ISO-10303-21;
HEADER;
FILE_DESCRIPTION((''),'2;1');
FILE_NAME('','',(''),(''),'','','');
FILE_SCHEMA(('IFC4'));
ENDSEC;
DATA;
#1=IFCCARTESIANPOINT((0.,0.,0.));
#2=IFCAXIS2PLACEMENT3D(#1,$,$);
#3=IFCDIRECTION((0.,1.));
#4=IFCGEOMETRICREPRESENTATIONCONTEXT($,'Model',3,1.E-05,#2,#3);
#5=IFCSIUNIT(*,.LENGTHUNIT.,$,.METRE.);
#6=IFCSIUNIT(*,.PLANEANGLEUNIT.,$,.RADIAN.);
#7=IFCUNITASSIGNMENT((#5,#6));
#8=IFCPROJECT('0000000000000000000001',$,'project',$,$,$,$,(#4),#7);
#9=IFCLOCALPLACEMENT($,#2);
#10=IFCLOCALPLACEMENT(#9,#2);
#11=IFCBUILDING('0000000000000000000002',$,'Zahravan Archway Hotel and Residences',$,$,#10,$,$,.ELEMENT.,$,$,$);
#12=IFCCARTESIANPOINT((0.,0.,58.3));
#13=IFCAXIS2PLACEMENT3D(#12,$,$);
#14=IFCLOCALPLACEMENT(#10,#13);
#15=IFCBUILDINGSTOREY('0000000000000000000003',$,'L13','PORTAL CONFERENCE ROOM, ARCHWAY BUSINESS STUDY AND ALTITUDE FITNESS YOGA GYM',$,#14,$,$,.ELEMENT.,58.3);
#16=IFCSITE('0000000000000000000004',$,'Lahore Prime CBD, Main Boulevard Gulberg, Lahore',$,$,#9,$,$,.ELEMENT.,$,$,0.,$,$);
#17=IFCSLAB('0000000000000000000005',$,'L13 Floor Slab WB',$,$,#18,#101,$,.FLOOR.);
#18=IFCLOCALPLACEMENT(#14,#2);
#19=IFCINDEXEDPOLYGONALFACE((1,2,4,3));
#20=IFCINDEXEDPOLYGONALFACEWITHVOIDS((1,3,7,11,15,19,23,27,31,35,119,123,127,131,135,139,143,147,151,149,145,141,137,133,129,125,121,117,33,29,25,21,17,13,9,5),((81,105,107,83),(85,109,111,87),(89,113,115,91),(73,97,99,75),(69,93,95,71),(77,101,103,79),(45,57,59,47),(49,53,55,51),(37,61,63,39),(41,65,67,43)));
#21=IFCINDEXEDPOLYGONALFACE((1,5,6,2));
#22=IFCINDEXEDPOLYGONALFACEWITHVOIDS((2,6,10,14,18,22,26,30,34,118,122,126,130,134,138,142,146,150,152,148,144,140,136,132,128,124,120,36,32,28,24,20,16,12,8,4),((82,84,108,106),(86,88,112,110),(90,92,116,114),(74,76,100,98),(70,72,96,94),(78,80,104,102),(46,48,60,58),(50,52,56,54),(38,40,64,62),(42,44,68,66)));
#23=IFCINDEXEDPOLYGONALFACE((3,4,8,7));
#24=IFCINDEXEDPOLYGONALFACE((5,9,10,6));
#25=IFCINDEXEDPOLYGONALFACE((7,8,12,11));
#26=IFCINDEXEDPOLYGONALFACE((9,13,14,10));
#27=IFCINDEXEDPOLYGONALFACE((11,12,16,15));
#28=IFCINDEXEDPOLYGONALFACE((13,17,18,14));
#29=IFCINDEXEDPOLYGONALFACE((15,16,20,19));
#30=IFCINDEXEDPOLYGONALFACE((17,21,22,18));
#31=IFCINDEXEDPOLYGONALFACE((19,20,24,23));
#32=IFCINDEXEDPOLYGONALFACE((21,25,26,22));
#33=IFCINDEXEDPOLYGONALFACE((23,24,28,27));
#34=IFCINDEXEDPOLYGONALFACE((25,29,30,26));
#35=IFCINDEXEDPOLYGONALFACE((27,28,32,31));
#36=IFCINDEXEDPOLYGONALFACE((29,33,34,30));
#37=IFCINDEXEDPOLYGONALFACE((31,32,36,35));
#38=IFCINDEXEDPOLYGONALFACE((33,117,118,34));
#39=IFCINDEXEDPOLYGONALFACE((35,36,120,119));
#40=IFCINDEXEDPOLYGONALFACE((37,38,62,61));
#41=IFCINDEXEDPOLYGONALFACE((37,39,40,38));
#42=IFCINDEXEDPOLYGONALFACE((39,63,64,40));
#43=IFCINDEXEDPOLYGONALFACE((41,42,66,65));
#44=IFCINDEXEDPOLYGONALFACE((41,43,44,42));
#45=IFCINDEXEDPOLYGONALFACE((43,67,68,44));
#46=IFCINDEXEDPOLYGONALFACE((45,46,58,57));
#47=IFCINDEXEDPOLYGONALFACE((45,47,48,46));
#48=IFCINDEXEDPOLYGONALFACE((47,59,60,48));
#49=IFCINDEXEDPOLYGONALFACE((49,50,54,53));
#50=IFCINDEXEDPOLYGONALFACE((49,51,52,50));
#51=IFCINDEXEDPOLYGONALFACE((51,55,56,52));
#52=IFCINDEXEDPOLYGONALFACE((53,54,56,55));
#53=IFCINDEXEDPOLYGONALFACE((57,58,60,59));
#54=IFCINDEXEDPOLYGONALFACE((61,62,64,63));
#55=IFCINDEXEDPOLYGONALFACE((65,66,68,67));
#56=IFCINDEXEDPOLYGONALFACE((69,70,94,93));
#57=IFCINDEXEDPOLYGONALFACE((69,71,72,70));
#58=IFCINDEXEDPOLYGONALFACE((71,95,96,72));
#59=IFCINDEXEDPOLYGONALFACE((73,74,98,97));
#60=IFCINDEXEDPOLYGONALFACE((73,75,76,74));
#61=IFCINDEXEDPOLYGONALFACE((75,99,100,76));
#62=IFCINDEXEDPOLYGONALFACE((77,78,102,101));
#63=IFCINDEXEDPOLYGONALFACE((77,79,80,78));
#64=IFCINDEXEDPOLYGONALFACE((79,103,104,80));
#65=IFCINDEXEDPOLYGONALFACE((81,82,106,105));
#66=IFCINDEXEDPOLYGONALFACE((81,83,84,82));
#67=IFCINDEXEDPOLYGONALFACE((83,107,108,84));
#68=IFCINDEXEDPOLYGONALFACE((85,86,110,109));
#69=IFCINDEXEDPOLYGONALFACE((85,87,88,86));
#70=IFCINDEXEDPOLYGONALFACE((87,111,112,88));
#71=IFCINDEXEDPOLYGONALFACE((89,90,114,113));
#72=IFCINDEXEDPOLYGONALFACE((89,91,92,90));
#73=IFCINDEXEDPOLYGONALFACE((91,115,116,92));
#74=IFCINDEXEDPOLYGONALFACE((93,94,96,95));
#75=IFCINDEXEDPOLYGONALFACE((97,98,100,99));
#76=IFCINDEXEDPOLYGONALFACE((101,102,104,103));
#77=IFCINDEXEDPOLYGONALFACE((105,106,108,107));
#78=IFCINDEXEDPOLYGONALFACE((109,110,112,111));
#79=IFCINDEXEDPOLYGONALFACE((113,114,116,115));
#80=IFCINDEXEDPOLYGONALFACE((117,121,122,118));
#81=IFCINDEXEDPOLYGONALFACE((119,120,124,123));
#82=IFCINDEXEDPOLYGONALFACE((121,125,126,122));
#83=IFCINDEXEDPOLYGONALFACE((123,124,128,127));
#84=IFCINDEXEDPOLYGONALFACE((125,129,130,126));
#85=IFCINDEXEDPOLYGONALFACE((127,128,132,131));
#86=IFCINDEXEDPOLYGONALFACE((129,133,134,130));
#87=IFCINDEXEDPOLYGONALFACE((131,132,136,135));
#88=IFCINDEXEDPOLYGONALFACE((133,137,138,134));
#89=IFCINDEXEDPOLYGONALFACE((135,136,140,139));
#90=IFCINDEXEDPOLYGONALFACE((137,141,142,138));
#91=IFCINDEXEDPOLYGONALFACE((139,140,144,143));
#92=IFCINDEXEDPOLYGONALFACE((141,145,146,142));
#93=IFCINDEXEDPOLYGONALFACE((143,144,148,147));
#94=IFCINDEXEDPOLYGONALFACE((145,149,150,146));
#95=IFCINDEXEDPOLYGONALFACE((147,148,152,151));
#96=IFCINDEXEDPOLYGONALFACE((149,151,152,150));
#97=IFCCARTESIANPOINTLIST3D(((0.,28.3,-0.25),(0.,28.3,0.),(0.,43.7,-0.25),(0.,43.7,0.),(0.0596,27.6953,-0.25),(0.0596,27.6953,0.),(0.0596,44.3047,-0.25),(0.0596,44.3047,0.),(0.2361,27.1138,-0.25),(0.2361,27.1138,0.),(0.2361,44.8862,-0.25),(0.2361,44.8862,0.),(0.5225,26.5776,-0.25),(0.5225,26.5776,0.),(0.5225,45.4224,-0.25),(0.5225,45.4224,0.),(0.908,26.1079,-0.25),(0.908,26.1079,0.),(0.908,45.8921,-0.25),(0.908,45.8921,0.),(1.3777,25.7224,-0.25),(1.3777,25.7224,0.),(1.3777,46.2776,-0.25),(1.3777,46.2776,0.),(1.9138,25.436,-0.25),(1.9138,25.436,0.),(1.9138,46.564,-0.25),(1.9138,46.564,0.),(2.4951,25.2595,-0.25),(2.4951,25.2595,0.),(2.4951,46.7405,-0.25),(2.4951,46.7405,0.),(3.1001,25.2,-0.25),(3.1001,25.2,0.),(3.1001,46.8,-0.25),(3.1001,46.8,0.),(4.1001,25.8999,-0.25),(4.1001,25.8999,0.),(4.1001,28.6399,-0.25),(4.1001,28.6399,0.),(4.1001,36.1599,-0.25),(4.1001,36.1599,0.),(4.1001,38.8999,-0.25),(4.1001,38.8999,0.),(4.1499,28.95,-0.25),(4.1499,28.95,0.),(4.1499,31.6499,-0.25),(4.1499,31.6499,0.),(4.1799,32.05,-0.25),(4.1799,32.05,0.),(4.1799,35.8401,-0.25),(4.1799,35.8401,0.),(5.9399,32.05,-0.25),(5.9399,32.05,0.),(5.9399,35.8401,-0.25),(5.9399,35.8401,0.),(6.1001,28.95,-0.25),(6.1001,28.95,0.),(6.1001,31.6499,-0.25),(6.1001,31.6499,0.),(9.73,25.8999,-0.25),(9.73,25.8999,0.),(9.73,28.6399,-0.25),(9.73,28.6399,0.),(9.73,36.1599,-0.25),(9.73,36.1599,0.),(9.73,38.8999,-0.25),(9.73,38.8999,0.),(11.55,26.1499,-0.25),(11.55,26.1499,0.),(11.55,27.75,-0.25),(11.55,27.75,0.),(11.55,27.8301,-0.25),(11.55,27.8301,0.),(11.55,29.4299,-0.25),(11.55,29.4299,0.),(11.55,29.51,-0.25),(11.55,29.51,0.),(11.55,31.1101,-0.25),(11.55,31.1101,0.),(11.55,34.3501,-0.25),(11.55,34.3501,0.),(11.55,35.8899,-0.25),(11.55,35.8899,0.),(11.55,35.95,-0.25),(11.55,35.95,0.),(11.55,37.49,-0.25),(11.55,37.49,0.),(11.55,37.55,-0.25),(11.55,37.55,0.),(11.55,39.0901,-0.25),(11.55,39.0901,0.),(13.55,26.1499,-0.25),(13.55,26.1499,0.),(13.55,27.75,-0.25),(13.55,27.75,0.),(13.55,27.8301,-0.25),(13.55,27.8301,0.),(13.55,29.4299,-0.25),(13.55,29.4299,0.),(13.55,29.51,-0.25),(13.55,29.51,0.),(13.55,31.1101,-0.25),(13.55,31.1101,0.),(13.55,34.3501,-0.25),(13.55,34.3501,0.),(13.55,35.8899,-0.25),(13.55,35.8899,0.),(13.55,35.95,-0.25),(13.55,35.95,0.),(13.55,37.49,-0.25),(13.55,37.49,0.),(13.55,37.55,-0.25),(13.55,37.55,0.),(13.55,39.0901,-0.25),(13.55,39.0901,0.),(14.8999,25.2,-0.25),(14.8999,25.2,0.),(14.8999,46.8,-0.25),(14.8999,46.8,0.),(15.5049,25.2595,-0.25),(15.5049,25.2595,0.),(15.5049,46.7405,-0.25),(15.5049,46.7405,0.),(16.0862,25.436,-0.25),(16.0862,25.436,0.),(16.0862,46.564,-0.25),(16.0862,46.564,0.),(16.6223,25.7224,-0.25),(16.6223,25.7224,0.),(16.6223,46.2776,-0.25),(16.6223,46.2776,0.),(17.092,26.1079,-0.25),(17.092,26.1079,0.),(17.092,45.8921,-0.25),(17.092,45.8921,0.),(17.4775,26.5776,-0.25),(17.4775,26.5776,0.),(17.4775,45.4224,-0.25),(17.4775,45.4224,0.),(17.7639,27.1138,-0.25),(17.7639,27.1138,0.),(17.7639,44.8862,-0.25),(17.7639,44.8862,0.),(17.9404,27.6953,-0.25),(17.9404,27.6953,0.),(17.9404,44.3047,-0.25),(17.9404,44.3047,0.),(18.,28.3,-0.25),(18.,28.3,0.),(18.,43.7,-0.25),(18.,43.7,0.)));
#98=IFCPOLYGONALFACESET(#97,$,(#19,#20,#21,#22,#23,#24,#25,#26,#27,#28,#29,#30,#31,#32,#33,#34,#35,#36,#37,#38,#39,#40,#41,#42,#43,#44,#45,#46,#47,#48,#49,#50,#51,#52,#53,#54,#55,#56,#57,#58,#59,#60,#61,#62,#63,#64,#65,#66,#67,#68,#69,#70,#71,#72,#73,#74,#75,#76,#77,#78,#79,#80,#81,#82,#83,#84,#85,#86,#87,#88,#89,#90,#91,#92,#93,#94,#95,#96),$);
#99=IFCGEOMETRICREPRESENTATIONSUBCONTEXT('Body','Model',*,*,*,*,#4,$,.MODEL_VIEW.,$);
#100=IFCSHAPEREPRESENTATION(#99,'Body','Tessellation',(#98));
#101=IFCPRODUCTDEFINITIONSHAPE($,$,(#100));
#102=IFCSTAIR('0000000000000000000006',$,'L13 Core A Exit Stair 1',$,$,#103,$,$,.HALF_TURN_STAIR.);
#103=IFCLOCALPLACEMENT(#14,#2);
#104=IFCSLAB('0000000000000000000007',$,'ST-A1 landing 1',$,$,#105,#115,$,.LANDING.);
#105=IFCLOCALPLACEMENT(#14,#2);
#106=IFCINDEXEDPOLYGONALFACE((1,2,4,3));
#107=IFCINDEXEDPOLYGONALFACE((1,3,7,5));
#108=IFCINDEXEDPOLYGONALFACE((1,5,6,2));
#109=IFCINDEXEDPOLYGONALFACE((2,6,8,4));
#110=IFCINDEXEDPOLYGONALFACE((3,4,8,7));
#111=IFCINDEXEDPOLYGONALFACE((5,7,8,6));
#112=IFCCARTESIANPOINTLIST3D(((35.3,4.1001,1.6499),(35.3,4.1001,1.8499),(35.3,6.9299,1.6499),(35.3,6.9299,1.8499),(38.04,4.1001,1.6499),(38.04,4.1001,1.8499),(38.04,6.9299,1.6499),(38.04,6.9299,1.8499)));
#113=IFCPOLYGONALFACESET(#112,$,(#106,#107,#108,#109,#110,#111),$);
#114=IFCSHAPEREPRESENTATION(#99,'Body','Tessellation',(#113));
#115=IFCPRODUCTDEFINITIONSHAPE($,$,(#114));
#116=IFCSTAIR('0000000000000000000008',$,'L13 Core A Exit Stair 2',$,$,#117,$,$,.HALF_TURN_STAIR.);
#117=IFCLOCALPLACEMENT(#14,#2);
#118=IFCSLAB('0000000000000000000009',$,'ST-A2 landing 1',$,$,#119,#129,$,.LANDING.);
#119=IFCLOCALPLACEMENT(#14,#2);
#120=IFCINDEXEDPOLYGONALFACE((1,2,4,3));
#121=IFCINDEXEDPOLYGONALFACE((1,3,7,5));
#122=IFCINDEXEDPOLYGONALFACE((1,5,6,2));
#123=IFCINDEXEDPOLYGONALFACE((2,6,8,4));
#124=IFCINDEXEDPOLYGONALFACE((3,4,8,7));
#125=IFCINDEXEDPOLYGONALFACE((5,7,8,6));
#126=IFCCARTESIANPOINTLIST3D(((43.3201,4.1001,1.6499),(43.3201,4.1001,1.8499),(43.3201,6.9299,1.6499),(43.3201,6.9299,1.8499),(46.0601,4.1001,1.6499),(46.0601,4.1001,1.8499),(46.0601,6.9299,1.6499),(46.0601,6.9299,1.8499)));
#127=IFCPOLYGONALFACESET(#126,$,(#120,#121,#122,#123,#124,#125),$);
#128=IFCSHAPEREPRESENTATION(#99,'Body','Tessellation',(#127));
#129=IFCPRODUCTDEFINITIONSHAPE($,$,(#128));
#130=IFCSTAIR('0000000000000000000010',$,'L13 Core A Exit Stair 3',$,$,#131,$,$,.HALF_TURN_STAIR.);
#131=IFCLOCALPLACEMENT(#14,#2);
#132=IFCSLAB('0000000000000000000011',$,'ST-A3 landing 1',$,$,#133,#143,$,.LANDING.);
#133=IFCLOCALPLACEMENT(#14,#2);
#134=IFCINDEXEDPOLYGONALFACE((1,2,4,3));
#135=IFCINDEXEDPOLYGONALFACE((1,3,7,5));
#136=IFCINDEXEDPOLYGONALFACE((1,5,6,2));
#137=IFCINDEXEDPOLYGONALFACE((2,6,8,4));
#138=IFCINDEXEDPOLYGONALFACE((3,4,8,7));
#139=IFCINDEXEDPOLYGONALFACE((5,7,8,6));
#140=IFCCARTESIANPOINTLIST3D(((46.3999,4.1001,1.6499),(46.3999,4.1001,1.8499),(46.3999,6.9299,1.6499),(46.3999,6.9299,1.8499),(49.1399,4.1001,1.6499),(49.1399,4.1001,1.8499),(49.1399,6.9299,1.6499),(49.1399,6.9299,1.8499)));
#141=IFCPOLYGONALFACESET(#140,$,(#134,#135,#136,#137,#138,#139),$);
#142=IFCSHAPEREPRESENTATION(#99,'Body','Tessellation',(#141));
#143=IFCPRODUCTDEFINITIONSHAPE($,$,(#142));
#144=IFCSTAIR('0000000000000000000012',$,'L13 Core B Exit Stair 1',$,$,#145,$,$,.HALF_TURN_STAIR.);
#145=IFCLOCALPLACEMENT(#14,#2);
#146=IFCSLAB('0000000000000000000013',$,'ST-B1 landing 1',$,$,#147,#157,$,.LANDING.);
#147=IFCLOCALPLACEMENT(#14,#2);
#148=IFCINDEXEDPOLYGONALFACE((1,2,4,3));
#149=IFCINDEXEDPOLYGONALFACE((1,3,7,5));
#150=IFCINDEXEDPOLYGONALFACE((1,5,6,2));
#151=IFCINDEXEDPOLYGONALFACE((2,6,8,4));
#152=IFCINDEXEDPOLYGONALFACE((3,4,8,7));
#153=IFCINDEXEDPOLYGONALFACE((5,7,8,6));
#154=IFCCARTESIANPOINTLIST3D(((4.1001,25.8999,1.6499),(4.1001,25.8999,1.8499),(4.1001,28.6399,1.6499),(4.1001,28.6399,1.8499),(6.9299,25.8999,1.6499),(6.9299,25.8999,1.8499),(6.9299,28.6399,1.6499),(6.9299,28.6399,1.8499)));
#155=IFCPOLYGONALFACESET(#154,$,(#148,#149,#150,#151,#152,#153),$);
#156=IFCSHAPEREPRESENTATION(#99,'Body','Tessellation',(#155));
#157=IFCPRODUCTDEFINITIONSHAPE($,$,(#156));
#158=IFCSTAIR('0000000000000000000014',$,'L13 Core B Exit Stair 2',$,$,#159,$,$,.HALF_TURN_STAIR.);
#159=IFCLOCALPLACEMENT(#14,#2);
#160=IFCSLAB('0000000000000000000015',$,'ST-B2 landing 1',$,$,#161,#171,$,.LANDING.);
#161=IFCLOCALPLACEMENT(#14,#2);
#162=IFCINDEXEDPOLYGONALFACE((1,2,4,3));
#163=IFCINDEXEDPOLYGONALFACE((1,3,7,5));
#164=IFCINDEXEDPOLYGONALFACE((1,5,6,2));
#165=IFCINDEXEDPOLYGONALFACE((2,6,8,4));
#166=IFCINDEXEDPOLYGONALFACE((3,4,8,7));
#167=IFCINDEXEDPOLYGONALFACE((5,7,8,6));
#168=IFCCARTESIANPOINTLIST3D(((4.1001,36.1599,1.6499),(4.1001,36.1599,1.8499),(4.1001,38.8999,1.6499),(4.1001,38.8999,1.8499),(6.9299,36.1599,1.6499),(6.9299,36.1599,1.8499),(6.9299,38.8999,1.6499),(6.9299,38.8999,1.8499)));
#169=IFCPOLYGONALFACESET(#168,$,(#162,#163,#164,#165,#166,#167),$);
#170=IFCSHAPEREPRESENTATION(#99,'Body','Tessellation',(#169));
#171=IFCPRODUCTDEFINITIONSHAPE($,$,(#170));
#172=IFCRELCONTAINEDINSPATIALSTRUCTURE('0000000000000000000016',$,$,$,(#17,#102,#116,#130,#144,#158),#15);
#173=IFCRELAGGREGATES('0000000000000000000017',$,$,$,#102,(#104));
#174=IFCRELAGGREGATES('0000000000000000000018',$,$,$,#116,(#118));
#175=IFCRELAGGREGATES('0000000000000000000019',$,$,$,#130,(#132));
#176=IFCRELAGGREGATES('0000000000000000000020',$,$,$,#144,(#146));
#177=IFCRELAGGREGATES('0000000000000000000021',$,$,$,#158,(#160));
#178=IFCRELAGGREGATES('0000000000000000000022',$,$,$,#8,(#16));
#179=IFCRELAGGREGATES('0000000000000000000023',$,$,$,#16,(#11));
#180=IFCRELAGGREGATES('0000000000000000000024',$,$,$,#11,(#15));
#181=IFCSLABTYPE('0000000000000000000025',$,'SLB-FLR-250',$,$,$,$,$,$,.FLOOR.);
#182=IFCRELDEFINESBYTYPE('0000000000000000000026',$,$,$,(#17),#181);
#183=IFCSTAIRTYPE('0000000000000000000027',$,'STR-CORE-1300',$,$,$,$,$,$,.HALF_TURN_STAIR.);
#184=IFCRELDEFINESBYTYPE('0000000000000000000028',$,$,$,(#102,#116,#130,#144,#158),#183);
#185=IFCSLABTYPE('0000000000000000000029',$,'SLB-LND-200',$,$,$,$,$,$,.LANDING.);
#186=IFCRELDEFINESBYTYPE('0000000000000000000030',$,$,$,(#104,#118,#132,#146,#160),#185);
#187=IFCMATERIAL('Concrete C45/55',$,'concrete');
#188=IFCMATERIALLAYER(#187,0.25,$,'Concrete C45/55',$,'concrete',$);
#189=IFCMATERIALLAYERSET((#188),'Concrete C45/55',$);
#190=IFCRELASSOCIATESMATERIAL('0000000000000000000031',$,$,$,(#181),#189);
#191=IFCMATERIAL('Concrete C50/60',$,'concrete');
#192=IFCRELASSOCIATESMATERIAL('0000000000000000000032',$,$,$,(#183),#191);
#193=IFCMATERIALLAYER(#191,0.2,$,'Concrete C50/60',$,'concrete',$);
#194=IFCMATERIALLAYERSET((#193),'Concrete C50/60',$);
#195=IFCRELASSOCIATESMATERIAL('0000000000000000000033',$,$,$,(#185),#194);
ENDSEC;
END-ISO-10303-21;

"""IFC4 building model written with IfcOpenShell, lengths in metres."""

from ifc_helpers import new_model, si_unit, direction, frame, origin, place, context, subcontext, project, spatial, polyline, outline, extrude, material, layer, layer_set, type_object, element, aggregate, save


model = new_model("IFC4")

# Units and contexts
model_context = context("Model", 3, precision=1e-05, world=origin(), true_north=direction((0.0, 1.0)))
body_context = subcontext(model_context, "Body", "Model", "MODEL_VIEW")
ifc_project = project(units=[si_unit("LENGTHUNIT", "METRE"), si_unit("PLANEANGLEUNIT", "RADIAN")], contexts=[model_context])

# Site, building, storey
site_placement = place(None, origin())
site = spatial("IfcSite", under=ifc_project, at=site_placement, Name="Lahore Prime CBD, Main Boulevard Gulberg, Lahore", CompositionType="ELEMENT", RefElevation=0.0)
building_placement = place(site_placement, origin())
building = spatial("IfcBuilding", under=site, at=building_placement, Name="Zahravan Archway Hotel and Residences", CompositionType="ELEMENT")
storey_placement = place(building_placement, frame((0.0, 0.0, 58.3)))
storey = spatial("IfcBuildingStorey", under=building, at=storey_placement, Name="L13", Description="PORTAL CONFERENCE ROOM, ARCHWAY BUSINESS STUDY AND ALTITUDE FITNESS YOGA GYM", CompositionType="ELEMENT", Elevation=58.3)

# Slab
ifc_material_1 = material(Name="Concrete C45/55", Category="concrete")
ifc_layer_1 = layer(ifc_material_1, 0.25, Name="Concrete C45/55", Category="concrete")
ifc_layer_set_1 = layer_set([ifc_layer_1], Name="Concrete C45/55")
slab_type_1 = type_object("IfcSlabType", Name="SLB-FLR-250", PredefinedType="FLOOR", material=ifc_layer_set_1)
slab_1_placement = place(storey_placement, frame((0.0, 0.0, -0.25)))
element("IfcSlab", 1, at=slab_1_placement, inside=storey, type_object=slab_type_1, Name="L13 Floor Slab WB", PredefinedType="FLOOR", context=body_context, shape_type="SweptSolid", body=[
    extrude(outline(polyline([(14.8999, 25.2), (15.5049, 25.2595), (16.0862, 25.436), (16.6223, 25.7224), (17.092, 26.1079), (17.4775, 26.5776), (17.7639, 27.1138), (17.9404, 27.6953), (18.0, 28.3), (18.0, 43.7), (17.9404, 44.3047), (17.7639, 44.8862), (17.4775, 45.4224), (17.092, 45.8921), (16.6223, 46.2776), (16.0862, 46.564), (15.5049, 46.7405), (14.8999, 46.8), (3.1001, 46.8), (2.4951, 46.7405), (1.9138, 46.564), (1.3777, 46.2776), (0.908, 45.8921), (0.5225, 45.4224), (0.2361, 44.8862), (0.0596, 44.3047), (0.0, 43.7), (0.0, 28.3), (0.0596, 27.6953), (0.2361, 27.1138), (0.5225, 26.5776), (0.908, 26.1079), (1.3777, 25.7224), (1.9138, 25.436), (2.4951, 25.2595), (3.1001, 25.2), (14.8999, 25.2)]), holes=[polyline([(9.73, 28.6399), (4.1001, 28.6399), (4.1001, 25.8999), (9.73, 25.8999), (9.73, 28.6399)]), polyline([(9.73, 38.8999), (4.1001, 38.8999), (4.1001, 36.1599), (9.73, 36.1599), (9.73, 38.8999)]), polyline([(4.1499, 28.95), (6.1001, 28.95), (6.1001, 31.6499), (4.1499, 31.6499), (4.1499, 28.95)]), polyline([(11.55, 26.1499), (13.55, 26.1499), (13.55, 27.75), (11.55, 27.75), (11.55, 26.1499)]), polyline([(11.55, 27.8301), (13.55, 27.8301), (13.55, 29.4299), (11.55, 29.4299), (11.55, 27.8301)]), polyline([(11.55, 29.51), (13.55, 29.51), (13.55, 31.1101), (11.55, 31.1101), (11.55, 29.51)]), polyline([(11.55, 34.3501), (13.55, 34.3501), (13.55, 35.8899), (11.55, 35.8899), (11.55, 34.3501)]), polyline([(11.55, 35.95), (13.55, 35.95), (13.55, 37.49), (11.55, 37.49), (11.55, 35.95)]), polyline([(11.55, 37.55), (13.55, 37.55), (13.55, 39.0901), (11.55, 39.0901), (11.55, 37.55)]), polyline([(4.1799, 32.05), (5.9399, 32.05), (5.9399, 35.8401), (4.1799, 35.8401), (4.1799, 32.05)])]), origin(), (0.0, 0.0, 1.0), 0.25),
])

# Stairs, slabs
ifc_material_2 = material(Name="Concrete C50/60", Category="concrete")
stair_type = type_object("IfcStairType", Name="STR-CORE-1300", PredefinedType="HALF_TURN_STAIR", material=ifc_material_2)
stair_1_placement = place(storey_placement, origin())
stair_1 = element("IfcStair", 2, at=stair_1_placement, inside=storey, type_object=stair_type, Name="L13 Core A Exit Stair 1", PredefinedType="HALF_TURN_STAIR")
ifc_layer_2 = layer(ifc_material_2, 0.2, Name="Concrete C50/60", Category="concrete")
ifc_layer_set_2 = layer_set([ifc_layer_2], Name="Concrete C50/60")
slab_type_2 = type_object("IfcSlabType", Name="SLB-LND-200", PredefinedType="LANDING", material=ifc_layer_set_2)
slab_2_placement = place(storey_placement, frame((0.0, 0.0, 1.6499)))
slab_2 = element("IfcSlab", 3, at=slab_2_placement, type_object=slab_type_2, Name="ST-A1 landing 1", PredefinedType="LANDING", context=body_context, shape_type="SweptSolid", body=[
    extrude(outline(polyline([(35.3, 6.9299), (35.3, 4.1001), (38.04, 4.1001), (38.04, 6.9299), (35.3, 6.9299)])), origin(), (0.0, 0.0, 1.0), 0.2),
])
aggregate(stair_1, [slab_2])
stair_2_placement = place(storey_placement, origin())
stair_2 = element("IfcStair", 4, at=stair_2_placement, inside=storey, type_object=stair_type, Name="L13 Core A Exit Stair 2", PredefinedType="HALF_TURN_STAIR")
slab_3_placement = place(storey_placement, frame((0.0, 0.0, 1.6499)))
slab_3 = element("IfcSlab", 5, at=slab_3_placement, type_object=slab_type_2, Name="ST-A2 landing 1", PredefinedType="LANDING", context=body_context, shape_type="SweptSolid", body=[
    extrude(outline(polyline([(43.3201, 6.9299), (43.3201, 4.1001), (46.0601, 4.1001), (46.0601, 6.9299), (43.3201, 6.9299)])), origin(), (0.0, 0.0, 1.0), 0.2),
])
aggregate(stair_2, [slab_3])
stair_3_placement = place(storey_placement, origin())
stair_3 = element("IfcStair", 6, at=stair_3_placement, inside=storey, type_object=stair_type, Name="L13 Core A Exit Stair 3", PredefinedType="HALF_TURN_STAIR")
slab_4_placement = place(storey_placement, frame((0.0, 0.0, 1.6499)))
slab_4 = element("IfcSlab", 7, at=slab_4_placement, type_object=slab_type_2, Name="ST-A3 landing 1", PredefinedType="LANDING", context=body_context, shape_type="SweptSolid", body=[
    extrude(outline(polyline([(46.3999, 6.9299), (46.3999, 4.1001), (49.1399, 4.1001), (49.1399, 6.9299), (46.3999, 6.9299)])), origin(), (0.0, 0.0, 1.0), 0.2),
])
aggregate(stair_3, [slab_4])
stair_4_placement = place(storey_placement, origin())
stair_4 = element("IfcStair", 8, at=stair_4_placement, inside=storey, type_object=stair_type, Name="L13 Core B Exit Stair 1", PredefinedType="HALF_TURN_STAIR")
slab_5_placement = place(storey_placement, frame((0.0, 0.0, 1.6499)))
slab_5 = element("IfcSlab", 9, at=slab_5_placement, type_object=slab_type_2, Name="ST-B1 landing 1", PredefinedType="LANDING", context=body_context, shape_type="SweptSolid", body=[
    extrude(outline(polyline([(6.9299, 28.6399), (4.1001, 28.6399), (4.1001, 25.8999), (6.9299, 25.8999), (6.9299, 28.6399)])), origin(), (0.0, 0.0, 1.0), 0.2),
])
aggregate(stair_4, [slab_5])
stair_5_placement = place(storey_placement, origin())
stair_5 = element("IfcStair", 10, at=stair_5_placement, inside=storey, type_object=stair_type, Name="L13 Core B Exit Stair 2", PredefinedType="HALF_TURN_STAIR")
slab_6_placement = place(storey_placement, frame((0.0, 0.0, 1.6499)))
slab_6 = element("IfcSlab", 11, at=slab_6_placement, type_object=slab_type_2, Name="ST-B2 landing 1", PredefinedType="LANDING", context=body_context, shape_type="SweptSolid", body=[
    extrude(outline(polyline([(6.9299, 38.8999), (4.1001, 38.8999), (4.1001, 36.1599), (6.9299, 36.1599), (6.9299, 38.8999)])), origin(), (0.0, 0.0, 1.0), 0.2),
])
aggregate(stair_5, [slab_6])

save(model, "model.ifc")
